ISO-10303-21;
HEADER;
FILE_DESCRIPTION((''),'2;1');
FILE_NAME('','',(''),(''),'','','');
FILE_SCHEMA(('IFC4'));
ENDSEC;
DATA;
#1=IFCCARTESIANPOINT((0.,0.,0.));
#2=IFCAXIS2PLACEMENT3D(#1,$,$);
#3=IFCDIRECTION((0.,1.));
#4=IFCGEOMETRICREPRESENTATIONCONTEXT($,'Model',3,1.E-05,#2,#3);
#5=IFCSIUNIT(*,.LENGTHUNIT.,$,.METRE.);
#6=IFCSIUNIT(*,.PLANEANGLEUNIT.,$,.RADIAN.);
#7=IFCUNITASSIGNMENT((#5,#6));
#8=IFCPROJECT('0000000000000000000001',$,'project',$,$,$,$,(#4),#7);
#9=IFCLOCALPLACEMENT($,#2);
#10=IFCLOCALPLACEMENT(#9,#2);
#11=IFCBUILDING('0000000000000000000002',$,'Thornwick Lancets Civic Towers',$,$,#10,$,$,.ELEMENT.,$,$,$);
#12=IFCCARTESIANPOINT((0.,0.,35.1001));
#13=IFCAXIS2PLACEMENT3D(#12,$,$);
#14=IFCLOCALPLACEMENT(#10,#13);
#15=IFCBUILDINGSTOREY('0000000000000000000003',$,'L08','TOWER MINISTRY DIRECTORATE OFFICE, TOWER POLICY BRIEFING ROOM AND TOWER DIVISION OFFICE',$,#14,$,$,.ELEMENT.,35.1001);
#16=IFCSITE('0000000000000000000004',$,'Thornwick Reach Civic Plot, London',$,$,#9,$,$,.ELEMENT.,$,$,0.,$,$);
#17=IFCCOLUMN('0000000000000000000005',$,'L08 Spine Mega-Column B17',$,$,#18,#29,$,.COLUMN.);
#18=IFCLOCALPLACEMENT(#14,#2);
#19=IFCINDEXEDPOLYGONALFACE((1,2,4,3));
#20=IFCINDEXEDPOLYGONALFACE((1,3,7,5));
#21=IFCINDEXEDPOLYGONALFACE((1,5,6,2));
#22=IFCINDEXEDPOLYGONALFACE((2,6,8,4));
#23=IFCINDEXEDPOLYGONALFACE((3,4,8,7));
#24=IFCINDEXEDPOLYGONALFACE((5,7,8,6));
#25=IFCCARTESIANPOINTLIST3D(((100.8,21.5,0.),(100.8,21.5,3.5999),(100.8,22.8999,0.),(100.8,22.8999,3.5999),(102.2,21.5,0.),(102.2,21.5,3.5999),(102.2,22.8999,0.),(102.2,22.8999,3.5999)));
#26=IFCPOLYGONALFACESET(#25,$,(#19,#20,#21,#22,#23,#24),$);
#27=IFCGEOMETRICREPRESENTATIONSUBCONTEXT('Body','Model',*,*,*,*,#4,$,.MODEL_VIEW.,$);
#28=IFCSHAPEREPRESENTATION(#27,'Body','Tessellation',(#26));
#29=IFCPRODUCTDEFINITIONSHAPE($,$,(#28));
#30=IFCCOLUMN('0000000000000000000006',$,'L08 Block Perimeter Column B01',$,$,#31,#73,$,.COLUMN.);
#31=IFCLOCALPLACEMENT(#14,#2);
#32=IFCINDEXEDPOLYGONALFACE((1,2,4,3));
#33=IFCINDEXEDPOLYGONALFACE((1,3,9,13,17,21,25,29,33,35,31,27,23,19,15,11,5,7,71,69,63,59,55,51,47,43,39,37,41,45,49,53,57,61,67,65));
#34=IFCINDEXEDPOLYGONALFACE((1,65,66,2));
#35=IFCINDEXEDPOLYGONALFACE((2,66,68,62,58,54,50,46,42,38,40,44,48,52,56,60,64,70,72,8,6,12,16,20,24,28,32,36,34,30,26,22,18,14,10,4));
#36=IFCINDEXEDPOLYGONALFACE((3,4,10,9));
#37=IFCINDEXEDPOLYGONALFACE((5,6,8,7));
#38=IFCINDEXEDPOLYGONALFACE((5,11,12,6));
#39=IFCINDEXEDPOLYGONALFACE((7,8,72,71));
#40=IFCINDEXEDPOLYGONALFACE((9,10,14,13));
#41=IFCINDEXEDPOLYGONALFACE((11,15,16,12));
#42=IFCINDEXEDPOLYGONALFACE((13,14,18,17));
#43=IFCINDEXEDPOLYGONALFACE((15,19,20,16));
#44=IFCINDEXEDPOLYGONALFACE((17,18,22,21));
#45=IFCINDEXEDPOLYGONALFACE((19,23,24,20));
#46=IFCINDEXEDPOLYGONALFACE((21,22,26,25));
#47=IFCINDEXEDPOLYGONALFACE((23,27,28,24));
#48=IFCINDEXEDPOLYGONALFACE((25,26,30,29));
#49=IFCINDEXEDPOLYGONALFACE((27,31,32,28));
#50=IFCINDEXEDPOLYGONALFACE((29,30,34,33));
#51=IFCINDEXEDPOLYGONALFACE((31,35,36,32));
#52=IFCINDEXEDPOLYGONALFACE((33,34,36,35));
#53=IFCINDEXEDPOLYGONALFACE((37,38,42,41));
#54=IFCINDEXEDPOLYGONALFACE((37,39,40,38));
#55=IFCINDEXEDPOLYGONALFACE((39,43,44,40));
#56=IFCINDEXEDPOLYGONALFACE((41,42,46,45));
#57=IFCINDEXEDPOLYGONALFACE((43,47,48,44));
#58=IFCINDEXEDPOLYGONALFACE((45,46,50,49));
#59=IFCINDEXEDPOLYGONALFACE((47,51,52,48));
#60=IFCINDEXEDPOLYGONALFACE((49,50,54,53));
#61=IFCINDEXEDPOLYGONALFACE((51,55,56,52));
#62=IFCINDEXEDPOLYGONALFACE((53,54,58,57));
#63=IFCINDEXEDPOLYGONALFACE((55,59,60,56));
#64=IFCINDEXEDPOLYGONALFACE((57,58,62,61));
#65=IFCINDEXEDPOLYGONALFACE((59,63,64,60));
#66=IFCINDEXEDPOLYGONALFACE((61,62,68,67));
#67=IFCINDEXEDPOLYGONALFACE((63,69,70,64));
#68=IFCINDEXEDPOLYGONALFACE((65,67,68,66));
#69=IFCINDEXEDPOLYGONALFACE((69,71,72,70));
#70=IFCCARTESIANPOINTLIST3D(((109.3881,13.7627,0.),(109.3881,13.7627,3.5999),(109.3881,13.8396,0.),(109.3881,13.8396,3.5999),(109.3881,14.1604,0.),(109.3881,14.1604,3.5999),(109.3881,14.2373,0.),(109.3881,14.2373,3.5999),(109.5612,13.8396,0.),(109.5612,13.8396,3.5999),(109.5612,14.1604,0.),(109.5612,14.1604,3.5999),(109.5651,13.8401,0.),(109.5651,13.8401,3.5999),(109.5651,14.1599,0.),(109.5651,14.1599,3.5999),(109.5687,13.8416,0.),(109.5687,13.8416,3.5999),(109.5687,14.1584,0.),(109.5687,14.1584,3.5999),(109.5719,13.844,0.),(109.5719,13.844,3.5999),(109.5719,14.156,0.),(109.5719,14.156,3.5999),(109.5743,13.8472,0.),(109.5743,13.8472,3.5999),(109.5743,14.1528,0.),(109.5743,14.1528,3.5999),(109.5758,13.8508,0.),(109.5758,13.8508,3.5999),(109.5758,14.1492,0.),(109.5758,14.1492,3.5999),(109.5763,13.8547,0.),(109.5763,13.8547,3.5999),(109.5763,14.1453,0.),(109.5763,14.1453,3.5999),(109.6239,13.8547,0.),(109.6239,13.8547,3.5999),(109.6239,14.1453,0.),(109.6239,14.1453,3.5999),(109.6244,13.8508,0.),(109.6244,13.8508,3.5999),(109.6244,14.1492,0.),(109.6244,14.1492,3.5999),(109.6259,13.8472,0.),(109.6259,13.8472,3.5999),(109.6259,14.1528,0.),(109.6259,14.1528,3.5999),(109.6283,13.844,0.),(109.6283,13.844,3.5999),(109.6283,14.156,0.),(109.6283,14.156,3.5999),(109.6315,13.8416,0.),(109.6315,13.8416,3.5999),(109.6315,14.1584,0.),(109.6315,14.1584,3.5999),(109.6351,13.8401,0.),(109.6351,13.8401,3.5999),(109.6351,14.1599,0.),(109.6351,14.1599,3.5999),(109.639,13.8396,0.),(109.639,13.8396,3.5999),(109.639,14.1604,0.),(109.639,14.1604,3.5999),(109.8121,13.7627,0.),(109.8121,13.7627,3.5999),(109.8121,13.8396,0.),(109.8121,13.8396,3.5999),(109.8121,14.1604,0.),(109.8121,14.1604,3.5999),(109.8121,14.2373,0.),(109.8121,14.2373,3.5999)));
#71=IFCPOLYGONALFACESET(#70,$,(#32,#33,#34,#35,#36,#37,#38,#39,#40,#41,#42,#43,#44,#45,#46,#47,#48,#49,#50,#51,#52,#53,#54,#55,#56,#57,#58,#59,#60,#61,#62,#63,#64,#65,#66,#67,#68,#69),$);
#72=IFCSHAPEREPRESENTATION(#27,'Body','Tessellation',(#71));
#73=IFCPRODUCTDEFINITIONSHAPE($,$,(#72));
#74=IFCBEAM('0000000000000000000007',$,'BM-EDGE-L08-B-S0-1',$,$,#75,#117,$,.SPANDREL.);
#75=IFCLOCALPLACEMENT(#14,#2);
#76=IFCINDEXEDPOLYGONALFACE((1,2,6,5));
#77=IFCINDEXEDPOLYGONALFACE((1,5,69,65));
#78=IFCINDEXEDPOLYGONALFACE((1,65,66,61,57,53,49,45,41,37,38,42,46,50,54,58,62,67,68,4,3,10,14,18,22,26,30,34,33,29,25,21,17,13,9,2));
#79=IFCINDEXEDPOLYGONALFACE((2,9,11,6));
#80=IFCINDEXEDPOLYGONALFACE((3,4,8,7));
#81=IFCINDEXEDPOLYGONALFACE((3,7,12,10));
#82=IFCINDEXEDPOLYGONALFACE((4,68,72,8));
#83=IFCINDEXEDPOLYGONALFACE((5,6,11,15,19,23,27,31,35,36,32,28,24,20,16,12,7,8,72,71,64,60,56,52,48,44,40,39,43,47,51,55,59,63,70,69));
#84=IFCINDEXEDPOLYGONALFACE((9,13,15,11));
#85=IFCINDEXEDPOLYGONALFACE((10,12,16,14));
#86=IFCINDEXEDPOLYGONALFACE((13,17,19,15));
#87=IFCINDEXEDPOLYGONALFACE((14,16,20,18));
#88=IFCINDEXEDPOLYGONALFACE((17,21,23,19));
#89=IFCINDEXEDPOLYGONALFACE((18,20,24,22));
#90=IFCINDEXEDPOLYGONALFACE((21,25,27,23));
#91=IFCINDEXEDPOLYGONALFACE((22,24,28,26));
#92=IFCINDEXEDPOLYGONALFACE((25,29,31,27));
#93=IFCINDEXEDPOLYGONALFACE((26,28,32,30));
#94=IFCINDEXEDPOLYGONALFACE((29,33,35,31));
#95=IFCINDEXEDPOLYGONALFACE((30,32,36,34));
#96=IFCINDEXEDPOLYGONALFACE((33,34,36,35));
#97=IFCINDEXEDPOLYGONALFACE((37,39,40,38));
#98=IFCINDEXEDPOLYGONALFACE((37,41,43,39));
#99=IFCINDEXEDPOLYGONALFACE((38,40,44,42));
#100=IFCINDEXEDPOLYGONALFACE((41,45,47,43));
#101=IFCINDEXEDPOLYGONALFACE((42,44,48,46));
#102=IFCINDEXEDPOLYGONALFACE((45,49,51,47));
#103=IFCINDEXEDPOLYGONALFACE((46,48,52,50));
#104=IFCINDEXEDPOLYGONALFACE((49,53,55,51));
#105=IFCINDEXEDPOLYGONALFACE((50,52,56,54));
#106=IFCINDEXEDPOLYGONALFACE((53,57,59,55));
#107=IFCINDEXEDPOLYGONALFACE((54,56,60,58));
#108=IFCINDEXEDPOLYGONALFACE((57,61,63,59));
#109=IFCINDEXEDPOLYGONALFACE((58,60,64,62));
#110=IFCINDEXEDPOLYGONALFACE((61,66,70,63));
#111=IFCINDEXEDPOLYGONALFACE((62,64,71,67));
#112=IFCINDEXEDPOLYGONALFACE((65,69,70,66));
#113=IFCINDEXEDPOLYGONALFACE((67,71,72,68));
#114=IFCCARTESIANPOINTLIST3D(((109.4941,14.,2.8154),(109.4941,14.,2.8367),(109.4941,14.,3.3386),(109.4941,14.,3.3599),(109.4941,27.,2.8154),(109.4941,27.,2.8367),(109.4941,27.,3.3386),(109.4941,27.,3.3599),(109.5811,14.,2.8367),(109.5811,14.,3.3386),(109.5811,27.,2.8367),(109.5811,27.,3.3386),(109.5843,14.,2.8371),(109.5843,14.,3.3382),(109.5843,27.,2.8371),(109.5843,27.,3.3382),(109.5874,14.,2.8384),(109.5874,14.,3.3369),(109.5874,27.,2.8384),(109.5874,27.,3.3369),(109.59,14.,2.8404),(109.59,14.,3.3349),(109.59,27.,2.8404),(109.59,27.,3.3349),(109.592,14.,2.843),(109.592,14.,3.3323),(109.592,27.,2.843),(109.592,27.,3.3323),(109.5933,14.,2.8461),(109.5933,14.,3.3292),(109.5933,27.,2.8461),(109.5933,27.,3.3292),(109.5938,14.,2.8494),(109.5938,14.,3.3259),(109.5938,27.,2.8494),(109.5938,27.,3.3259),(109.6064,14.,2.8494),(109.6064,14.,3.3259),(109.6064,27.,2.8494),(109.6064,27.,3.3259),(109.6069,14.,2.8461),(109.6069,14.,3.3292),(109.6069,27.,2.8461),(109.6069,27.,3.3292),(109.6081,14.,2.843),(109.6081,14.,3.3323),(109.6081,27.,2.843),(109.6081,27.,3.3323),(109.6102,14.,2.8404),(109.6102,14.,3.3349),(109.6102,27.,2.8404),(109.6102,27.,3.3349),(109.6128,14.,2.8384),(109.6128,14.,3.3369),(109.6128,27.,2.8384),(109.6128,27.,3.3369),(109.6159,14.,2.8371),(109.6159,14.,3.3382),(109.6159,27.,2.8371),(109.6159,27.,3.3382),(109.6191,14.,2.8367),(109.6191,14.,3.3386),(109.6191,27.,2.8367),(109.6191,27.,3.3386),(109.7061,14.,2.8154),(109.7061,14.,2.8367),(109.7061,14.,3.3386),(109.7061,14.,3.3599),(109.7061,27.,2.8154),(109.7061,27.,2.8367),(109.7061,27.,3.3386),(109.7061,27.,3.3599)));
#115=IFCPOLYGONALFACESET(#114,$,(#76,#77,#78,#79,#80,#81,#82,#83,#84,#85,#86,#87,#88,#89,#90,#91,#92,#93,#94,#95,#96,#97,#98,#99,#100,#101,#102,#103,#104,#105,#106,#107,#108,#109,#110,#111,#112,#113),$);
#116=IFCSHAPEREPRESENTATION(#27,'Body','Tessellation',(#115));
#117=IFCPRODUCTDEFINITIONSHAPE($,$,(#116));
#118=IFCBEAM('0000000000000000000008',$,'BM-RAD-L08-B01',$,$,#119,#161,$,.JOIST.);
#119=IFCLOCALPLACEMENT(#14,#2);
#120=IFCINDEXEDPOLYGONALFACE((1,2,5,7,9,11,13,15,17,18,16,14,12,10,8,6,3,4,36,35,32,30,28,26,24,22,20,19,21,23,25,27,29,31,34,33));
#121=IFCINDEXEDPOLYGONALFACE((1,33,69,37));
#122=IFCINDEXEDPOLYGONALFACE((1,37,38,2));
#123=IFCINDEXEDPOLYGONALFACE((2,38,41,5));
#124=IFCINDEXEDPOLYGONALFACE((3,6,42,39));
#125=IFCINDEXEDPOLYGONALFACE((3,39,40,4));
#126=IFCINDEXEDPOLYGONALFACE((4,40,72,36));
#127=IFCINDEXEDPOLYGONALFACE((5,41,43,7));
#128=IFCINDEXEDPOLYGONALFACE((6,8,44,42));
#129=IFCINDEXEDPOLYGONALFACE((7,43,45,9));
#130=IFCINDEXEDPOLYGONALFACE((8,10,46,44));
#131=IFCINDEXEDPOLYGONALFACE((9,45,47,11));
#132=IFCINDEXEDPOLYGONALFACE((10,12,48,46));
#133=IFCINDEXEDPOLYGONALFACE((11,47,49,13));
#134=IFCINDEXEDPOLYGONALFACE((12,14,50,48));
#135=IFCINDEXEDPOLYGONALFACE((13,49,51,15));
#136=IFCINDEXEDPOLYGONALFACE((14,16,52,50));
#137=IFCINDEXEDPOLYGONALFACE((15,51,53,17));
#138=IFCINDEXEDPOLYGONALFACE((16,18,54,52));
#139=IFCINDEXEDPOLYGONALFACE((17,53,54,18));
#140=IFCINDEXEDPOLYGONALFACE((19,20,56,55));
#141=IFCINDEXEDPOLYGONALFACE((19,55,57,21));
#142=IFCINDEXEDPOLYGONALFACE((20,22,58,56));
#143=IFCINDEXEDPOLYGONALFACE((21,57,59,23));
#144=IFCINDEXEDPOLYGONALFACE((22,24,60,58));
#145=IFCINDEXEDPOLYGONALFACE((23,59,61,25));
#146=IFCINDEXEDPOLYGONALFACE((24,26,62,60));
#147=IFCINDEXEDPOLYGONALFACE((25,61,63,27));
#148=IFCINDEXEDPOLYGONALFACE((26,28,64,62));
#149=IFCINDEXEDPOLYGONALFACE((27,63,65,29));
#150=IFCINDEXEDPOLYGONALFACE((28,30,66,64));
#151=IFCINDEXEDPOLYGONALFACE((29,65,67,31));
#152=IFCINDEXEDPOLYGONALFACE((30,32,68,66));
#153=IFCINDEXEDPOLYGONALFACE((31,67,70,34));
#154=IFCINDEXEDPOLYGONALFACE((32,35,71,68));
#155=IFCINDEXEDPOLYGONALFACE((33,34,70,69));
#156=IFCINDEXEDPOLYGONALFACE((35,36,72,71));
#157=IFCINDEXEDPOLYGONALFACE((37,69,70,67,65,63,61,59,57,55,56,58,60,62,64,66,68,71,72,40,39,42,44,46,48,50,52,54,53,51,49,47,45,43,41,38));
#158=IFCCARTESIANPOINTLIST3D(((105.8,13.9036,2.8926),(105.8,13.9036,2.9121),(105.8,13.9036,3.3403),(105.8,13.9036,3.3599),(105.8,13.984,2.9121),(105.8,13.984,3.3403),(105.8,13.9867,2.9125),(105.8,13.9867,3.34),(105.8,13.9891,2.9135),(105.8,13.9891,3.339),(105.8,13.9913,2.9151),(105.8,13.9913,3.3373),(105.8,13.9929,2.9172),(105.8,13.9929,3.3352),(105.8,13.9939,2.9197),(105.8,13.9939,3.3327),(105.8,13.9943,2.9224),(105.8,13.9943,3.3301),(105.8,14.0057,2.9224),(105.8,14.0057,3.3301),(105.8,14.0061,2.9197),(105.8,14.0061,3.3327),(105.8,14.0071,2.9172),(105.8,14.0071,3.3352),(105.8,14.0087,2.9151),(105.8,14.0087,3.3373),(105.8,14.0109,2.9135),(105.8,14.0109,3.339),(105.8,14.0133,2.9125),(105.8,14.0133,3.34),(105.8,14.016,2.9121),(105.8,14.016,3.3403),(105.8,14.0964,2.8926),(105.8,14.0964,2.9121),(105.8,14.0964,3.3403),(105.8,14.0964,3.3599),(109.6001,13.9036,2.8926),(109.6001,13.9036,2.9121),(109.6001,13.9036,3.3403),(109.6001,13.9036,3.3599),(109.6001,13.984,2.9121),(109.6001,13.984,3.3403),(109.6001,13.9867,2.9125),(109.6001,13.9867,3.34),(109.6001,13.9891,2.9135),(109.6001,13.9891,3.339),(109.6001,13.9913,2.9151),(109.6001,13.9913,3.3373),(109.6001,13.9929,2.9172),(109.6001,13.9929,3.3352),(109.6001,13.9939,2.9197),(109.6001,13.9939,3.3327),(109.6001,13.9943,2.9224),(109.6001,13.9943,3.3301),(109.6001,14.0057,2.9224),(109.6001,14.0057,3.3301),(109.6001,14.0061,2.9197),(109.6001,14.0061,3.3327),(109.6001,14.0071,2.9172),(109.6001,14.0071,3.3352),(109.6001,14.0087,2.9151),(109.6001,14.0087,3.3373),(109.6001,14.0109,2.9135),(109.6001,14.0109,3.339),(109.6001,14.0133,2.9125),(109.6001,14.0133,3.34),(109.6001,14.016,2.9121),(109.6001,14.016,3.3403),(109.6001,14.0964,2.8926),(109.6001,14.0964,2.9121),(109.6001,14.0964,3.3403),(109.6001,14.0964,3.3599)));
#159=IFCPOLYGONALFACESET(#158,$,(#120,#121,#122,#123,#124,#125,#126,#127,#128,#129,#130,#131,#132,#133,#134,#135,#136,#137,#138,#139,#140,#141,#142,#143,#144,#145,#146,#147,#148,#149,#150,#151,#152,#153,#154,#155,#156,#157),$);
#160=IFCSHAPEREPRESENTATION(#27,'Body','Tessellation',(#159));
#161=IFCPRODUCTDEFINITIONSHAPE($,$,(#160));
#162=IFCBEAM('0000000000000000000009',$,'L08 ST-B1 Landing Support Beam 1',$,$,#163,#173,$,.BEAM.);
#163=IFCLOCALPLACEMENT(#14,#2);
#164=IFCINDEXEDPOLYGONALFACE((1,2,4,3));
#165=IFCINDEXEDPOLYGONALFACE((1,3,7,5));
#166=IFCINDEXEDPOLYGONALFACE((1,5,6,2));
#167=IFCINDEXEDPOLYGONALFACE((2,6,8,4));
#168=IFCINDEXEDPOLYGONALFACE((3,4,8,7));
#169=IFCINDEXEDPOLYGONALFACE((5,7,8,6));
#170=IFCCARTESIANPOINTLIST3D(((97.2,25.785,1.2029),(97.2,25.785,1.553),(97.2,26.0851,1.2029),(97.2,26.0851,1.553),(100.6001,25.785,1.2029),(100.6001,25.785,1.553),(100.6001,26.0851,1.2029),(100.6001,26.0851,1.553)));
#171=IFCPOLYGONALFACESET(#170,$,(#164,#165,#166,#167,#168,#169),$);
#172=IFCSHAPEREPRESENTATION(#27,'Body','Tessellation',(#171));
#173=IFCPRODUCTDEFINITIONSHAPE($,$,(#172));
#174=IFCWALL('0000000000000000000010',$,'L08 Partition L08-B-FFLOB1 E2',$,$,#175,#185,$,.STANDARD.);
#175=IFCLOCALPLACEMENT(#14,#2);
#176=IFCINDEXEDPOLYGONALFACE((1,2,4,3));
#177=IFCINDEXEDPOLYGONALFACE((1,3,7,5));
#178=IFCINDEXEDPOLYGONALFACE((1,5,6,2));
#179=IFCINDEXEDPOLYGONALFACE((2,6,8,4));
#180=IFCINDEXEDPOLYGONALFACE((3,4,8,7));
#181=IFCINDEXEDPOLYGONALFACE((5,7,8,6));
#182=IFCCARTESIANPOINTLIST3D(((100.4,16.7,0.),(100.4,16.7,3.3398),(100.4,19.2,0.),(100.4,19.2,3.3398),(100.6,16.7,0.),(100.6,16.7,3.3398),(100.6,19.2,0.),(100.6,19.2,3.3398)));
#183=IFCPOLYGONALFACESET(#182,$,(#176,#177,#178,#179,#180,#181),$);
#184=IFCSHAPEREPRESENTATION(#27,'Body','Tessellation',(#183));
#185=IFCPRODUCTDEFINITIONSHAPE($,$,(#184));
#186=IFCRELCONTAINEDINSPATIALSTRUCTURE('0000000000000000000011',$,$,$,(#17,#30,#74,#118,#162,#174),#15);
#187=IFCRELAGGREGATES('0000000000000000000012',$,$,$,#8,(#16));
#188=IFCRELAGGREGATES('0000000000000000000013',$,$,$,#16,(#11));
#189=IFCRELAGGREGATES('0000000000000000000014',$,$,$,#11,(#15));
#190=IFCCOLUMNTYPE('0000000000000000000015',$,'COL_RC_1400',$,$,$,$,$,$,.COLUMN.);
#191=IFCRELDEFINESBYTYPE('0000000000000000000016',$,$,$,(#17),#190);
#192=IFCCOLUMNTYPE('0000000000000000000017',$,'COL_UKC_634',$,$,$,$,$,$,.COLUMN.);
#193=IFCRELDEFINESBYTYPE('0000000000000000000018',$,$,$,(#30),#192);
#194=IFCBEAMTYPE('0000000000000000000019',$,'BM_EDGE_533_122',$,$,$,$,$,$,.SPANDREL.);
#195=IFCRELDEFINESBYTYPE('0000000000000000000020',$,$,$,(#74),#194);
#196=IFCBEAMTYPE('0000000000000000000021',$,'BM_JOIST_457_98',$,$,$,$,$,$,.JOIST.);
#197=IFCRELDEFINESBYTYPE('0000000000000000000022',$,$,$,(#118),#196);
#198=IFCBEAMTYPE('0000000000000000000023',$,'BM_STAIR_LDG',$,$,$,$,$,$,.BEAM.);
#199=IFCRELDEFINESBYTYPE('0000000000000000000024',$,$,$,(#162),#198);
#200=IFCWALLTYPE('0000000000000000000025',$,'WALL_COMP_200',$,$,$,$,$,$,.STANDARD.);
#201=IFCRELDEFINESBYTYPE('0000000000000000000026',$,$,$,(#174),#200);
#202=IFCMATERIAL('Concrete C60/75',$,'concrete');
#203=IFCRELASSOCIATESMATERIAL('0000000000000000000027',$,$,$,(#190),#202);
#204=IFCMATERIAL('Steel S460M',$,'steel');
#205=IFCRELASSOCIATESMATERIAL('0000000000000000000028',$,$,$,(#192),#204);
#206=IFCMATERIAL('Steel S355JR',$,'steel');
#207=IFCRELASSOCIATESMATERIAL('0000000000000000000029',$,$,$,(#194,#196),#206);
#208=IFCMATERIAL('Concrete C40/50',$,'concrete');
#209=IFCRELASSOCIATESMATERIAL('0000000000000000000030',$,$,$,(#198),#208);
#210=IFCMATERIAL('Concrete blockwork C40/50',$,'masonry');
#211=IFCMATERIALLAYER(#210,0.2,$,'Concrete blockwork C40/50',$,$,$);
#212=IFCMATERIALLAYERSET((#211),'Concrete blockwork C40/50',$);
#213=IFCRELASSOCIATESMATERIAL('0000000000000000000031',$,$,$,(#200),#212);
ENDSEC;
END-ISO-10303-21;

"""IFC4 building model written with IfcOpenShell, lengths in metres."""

from ifc_helpers import new_model, si_unit, direction, frame, frame_2d, origin, origin_2d, place, context, subcontext, project, spatial, rectangle, i_section, extrude, material, layer, layer_set, material_profile, profile_set, type_object, element, save


model = new_model("IFC4")

# Units and contexts
model_context = context("Model", 3, precision=1e-05, world=origin(), true_north=direction((0.0, 1.0)))
body_context = subcontext(model_context, "Body", "Model", "MODEL_VIEW")
ifc_project = project(units=[si_unit("LENGTHUNIT", "METRE"), si_unit("PLANEANGLEUNIT", "RADIAN")], contexts=[model_context])

# Site, building, storey
site_placement = place(None, origin())
site = spatial("IfcSite", under=ifc_project, at=site_placement, Name="Thornwick Reach Civic Plot, London", CompositionType="ELEMENT", RefElevation=0.0)
building_placement = place(site_placement, origin())
building = spatial("IfcBuilding", under=site, at=building_placement, Name="Thornwick Lancets Civic Towers", CompositionType="ELEMENT")
storey_placement = place(building_placement, frame((0.0, 0.0, 35.1001)))
storey = spatial("IfcBuildingStorey", under=building, at=storey_placement, Name="L08", Description="TOWER MINISTRY DIRECTORATE OFFICE, TOWER POLICY BRIEFING ROOM AND TOWER DIVISION OFFICE", CompositionType="ELEMENT", Elevation=35.1001)

# Columns
ifc_material_1 = material(Name="Concrete C60/75", Category="concrete")
ifc_material_profile_1 = material_profile(ifc_material_1, rectangle(XDim=1.3999, YDim=1.3999, at=origin_2d()), Name="RC 1400x1400")
ifc_profile_set_1 = profile_set([ifc_material_profile_1], Name="Concrete C60/75")
column_type_1 = type_object("IfcColumnType", Name="COL_RC_1400", PredefinedType="COLUMN", material=ifc_profile_set_1)
column_1_placement = place(storey_placement, frame((101.5, 22.2, 0.0), z_axis=(0.0, 0.0, 1.0), x_axis=(1.0, 0.0, 0.0)))
element("IfcColumn", 1, at=column_1_placement, inside=storey, type_object=column_type_1, Name="L08 Spine Mega-Column B17", PredefinedType="COLUMN", context=body_context, shape_type="SweptSolid", body=[
    extrude(rectangle(XDim=1.3999, YDim=1.3999, at=origin_2d()), origin(), (0.0, 0.0, 1.0), 3.5999),
])
ifc_material_2 = material(Name="Steel S460M", Category="steel")
ifc_material_profile_2 = material_profile(ifc_material_2, i_section(OverallWidth=0.4241, OverallDepth=0.4746, WebThickness=0.0476, FlangeThickness=0.0769, FilletRadius=0.0151, at=origin_2d()), Name="UKC 356x406x634")
ifc_profile_set_2 = profile_set([ifc_material_profile_2], Name="Steel S460M")
column_type_2 = type_object("IfcColumnType", Name="COL_UKC_634", PredefinedType="COLUMN", material=ifc_profile_set_2)
column_2_placement = place(storey_placement, frame((109.6001, 14.0, 0.0), z_axis=(0.0, 0.0, 1.0), x_axis=(1.0, 0.0, 0.0)))
element("IfcColumn", 2, at=column_2_placement, inside=storey, type_object=column_type_2, Name="L08 Block Perimeter Column B01", PredefinedType="COLUMN", context=body_context, shape_type="SweptSolid", body=[
    extrude(i_section(OverallWidth=0.4241, OverallDepth=0.4746, WebThickness=0.0476, FlangeThickness=0.0769, FilletRadius=0.0151, at=origin_2d()), origin(), (0.0, 0.0, 1.0), 3.5999),
])

# Beams
ifc_material_3 = material(Name="Steel S355JR", Category="steel")
ifc_material_profile_3 = material_profile(ifc_material_3, i_section(OverallWidth=0.2119, OverallDepth=0.5444, WebThickness=0.0127, FlangeThickness=0.0212, FilletRadius=0.0127, at=origin_2d()), Name="UKB 533x210x122")
ifc_profile_set_3 = profile_set([ifc_material_profile_3], Name="Steel S355JR")
beam_type_1 = type_object("IfcBeamType", Name="BM_EDGE_533_122", PredefinedType="SPANDREL", material=ifc_profile_set_3)
beam_1_placement = place(storey_placement, frame((109.6001, 14.0, 3.0876), z_axis=(0.0, 1.0, 0.0), x_axis=(-1.0, 0.0, 0.0)))
element("IfcBeam", 3, at=beam_1_placement, inside=storey, type_object=beam_type_1, Name="BM-EDGE-L08-B-S0-1", PredefinedType="SPANDREL", context=body_context, shape_type="SweptSolid", body=[
    extrude(i_section(OverallWidth=0.2119, OverallDepth=0.5444, WebThickness=0.0127, FlangeThickness=0.0212, FilletRadius=0.0127, at=origin_2d()), origin(), (0.0, 0.0, 1.0), 13.0),
])
ifc_material_profile_4 = material_profile(ifc_material_3, i_section(OverallWidth=0.1929, OverallDepth=0.4673, WebThickness=0.0115, FlangeThickness=0.0195, FilletRadius=0.0103, at=origin_2d()), Name="UKB 457x191x98")
ifc_profile_set_4 = profile_set([ifc_material_profile_4], Name="Steel S355JR")
beam_type_2 = type_object("IfcBeamType", Name="BM_JOIST_457_98", PredefinedType="JOIST", material=ifc_profile_set_4)
beam_2_placement = place(storey_placement, frame((105.8, 14.0, 3.1262), z_axis=(1.0, 0.0, 0.0), x_axis=(0.0, 1.0, 0.0)))
element("IfcBeam", 4, at=beam_2_placement, inside=storey, type_object=beam_type_2, Name="BM-RAD-L08-B01", PredefinedType="JOIST", context=body_context, shape_type="SweptSolid", body=[
    extrude(i_section(OverallWidth=0.1929, OverallDepth=0.4673, WebThickness=0.0115, FlangeThickness=0.0195, FilletRadius=0.0103, at=origin_2d()), origin(), (0.0, 0.0, 1.0), 3.8),
])
ifc_material_4 = material(Name="Concrete C40/50", Category="concrete")
ifc_material_profile_5 = material_profile(ifc_material_4, rectangle(XDim=0.3, YDim=0.3501, at=origin_2d()), Name="RC 300x350")
ifc_profile_set_5 = profile_set([ifc_material_profile_5], Name="Concrete C40/50")
beam_type_3 = type_object("IfcBeamType", Name="BM_STAIR_LDG", PredefinedType="BEAM", material=ifc_profile_set_5)
beam_3_placement = place(storey_placement, frame((100.6001, 25.9351, 1.3779), z_axis=(-1.0, 0.0, 0.0), x_axis=(0.0, -1.0, 0.0)))
element("IfcBeam", 5, at=beam_3_placement, inside=storey, type_object=beam_type_3, Name="L08 ST-B1 Landing Support Beam 1", PredefinedType="BEAM", context=body_context, shape_type="SweptSolid", body=[
    extrude(rectangle(XDim=0.3, YDim=0.3501, at=origin_2d()), origin(), (0.0, 0.0, 1.0), 3.4001),
])

# Wall
ifc_material_5 = material(Name="Concrete blockwork C40/50", Category="masonry")
ifc_layer_1 = layer(ifc_material_5, 0.2, Name="Concrete blockwork C40/50")
ifc_layer_set_1 = layer_set([ifc_layer_1], Name="Concrete blockwork C40/50")
wall_type_1 = type_object("IfcWallType", Name="WALL_COMP_200", PredefinedType="STANDARD", material=ifc_layer_set_1)
wall_1_placement = place(storey_placement, frame((100.5, 16.7, 0.0), z_axis=(0.0, 0.0, 1.0), x_axis=(0.0, 1.0, 0.0)))
element("IfcWall", 6, at=wall_1_placement, inside=storey, type_object=wall_type_1, Name="L08 Partition L08-B-FFLOB1 E2", PredefinedType="STANDARD", context=body_context, shape_type="SweptSolid", body=[
    extrude(rectangle(XDim=2.5, YDim=0.2, at=frame_2d((1.25, 0.0))), origin(), (0.0, 0.0, 1.0), 3.3398),
])

save(model, "model.ifc")
